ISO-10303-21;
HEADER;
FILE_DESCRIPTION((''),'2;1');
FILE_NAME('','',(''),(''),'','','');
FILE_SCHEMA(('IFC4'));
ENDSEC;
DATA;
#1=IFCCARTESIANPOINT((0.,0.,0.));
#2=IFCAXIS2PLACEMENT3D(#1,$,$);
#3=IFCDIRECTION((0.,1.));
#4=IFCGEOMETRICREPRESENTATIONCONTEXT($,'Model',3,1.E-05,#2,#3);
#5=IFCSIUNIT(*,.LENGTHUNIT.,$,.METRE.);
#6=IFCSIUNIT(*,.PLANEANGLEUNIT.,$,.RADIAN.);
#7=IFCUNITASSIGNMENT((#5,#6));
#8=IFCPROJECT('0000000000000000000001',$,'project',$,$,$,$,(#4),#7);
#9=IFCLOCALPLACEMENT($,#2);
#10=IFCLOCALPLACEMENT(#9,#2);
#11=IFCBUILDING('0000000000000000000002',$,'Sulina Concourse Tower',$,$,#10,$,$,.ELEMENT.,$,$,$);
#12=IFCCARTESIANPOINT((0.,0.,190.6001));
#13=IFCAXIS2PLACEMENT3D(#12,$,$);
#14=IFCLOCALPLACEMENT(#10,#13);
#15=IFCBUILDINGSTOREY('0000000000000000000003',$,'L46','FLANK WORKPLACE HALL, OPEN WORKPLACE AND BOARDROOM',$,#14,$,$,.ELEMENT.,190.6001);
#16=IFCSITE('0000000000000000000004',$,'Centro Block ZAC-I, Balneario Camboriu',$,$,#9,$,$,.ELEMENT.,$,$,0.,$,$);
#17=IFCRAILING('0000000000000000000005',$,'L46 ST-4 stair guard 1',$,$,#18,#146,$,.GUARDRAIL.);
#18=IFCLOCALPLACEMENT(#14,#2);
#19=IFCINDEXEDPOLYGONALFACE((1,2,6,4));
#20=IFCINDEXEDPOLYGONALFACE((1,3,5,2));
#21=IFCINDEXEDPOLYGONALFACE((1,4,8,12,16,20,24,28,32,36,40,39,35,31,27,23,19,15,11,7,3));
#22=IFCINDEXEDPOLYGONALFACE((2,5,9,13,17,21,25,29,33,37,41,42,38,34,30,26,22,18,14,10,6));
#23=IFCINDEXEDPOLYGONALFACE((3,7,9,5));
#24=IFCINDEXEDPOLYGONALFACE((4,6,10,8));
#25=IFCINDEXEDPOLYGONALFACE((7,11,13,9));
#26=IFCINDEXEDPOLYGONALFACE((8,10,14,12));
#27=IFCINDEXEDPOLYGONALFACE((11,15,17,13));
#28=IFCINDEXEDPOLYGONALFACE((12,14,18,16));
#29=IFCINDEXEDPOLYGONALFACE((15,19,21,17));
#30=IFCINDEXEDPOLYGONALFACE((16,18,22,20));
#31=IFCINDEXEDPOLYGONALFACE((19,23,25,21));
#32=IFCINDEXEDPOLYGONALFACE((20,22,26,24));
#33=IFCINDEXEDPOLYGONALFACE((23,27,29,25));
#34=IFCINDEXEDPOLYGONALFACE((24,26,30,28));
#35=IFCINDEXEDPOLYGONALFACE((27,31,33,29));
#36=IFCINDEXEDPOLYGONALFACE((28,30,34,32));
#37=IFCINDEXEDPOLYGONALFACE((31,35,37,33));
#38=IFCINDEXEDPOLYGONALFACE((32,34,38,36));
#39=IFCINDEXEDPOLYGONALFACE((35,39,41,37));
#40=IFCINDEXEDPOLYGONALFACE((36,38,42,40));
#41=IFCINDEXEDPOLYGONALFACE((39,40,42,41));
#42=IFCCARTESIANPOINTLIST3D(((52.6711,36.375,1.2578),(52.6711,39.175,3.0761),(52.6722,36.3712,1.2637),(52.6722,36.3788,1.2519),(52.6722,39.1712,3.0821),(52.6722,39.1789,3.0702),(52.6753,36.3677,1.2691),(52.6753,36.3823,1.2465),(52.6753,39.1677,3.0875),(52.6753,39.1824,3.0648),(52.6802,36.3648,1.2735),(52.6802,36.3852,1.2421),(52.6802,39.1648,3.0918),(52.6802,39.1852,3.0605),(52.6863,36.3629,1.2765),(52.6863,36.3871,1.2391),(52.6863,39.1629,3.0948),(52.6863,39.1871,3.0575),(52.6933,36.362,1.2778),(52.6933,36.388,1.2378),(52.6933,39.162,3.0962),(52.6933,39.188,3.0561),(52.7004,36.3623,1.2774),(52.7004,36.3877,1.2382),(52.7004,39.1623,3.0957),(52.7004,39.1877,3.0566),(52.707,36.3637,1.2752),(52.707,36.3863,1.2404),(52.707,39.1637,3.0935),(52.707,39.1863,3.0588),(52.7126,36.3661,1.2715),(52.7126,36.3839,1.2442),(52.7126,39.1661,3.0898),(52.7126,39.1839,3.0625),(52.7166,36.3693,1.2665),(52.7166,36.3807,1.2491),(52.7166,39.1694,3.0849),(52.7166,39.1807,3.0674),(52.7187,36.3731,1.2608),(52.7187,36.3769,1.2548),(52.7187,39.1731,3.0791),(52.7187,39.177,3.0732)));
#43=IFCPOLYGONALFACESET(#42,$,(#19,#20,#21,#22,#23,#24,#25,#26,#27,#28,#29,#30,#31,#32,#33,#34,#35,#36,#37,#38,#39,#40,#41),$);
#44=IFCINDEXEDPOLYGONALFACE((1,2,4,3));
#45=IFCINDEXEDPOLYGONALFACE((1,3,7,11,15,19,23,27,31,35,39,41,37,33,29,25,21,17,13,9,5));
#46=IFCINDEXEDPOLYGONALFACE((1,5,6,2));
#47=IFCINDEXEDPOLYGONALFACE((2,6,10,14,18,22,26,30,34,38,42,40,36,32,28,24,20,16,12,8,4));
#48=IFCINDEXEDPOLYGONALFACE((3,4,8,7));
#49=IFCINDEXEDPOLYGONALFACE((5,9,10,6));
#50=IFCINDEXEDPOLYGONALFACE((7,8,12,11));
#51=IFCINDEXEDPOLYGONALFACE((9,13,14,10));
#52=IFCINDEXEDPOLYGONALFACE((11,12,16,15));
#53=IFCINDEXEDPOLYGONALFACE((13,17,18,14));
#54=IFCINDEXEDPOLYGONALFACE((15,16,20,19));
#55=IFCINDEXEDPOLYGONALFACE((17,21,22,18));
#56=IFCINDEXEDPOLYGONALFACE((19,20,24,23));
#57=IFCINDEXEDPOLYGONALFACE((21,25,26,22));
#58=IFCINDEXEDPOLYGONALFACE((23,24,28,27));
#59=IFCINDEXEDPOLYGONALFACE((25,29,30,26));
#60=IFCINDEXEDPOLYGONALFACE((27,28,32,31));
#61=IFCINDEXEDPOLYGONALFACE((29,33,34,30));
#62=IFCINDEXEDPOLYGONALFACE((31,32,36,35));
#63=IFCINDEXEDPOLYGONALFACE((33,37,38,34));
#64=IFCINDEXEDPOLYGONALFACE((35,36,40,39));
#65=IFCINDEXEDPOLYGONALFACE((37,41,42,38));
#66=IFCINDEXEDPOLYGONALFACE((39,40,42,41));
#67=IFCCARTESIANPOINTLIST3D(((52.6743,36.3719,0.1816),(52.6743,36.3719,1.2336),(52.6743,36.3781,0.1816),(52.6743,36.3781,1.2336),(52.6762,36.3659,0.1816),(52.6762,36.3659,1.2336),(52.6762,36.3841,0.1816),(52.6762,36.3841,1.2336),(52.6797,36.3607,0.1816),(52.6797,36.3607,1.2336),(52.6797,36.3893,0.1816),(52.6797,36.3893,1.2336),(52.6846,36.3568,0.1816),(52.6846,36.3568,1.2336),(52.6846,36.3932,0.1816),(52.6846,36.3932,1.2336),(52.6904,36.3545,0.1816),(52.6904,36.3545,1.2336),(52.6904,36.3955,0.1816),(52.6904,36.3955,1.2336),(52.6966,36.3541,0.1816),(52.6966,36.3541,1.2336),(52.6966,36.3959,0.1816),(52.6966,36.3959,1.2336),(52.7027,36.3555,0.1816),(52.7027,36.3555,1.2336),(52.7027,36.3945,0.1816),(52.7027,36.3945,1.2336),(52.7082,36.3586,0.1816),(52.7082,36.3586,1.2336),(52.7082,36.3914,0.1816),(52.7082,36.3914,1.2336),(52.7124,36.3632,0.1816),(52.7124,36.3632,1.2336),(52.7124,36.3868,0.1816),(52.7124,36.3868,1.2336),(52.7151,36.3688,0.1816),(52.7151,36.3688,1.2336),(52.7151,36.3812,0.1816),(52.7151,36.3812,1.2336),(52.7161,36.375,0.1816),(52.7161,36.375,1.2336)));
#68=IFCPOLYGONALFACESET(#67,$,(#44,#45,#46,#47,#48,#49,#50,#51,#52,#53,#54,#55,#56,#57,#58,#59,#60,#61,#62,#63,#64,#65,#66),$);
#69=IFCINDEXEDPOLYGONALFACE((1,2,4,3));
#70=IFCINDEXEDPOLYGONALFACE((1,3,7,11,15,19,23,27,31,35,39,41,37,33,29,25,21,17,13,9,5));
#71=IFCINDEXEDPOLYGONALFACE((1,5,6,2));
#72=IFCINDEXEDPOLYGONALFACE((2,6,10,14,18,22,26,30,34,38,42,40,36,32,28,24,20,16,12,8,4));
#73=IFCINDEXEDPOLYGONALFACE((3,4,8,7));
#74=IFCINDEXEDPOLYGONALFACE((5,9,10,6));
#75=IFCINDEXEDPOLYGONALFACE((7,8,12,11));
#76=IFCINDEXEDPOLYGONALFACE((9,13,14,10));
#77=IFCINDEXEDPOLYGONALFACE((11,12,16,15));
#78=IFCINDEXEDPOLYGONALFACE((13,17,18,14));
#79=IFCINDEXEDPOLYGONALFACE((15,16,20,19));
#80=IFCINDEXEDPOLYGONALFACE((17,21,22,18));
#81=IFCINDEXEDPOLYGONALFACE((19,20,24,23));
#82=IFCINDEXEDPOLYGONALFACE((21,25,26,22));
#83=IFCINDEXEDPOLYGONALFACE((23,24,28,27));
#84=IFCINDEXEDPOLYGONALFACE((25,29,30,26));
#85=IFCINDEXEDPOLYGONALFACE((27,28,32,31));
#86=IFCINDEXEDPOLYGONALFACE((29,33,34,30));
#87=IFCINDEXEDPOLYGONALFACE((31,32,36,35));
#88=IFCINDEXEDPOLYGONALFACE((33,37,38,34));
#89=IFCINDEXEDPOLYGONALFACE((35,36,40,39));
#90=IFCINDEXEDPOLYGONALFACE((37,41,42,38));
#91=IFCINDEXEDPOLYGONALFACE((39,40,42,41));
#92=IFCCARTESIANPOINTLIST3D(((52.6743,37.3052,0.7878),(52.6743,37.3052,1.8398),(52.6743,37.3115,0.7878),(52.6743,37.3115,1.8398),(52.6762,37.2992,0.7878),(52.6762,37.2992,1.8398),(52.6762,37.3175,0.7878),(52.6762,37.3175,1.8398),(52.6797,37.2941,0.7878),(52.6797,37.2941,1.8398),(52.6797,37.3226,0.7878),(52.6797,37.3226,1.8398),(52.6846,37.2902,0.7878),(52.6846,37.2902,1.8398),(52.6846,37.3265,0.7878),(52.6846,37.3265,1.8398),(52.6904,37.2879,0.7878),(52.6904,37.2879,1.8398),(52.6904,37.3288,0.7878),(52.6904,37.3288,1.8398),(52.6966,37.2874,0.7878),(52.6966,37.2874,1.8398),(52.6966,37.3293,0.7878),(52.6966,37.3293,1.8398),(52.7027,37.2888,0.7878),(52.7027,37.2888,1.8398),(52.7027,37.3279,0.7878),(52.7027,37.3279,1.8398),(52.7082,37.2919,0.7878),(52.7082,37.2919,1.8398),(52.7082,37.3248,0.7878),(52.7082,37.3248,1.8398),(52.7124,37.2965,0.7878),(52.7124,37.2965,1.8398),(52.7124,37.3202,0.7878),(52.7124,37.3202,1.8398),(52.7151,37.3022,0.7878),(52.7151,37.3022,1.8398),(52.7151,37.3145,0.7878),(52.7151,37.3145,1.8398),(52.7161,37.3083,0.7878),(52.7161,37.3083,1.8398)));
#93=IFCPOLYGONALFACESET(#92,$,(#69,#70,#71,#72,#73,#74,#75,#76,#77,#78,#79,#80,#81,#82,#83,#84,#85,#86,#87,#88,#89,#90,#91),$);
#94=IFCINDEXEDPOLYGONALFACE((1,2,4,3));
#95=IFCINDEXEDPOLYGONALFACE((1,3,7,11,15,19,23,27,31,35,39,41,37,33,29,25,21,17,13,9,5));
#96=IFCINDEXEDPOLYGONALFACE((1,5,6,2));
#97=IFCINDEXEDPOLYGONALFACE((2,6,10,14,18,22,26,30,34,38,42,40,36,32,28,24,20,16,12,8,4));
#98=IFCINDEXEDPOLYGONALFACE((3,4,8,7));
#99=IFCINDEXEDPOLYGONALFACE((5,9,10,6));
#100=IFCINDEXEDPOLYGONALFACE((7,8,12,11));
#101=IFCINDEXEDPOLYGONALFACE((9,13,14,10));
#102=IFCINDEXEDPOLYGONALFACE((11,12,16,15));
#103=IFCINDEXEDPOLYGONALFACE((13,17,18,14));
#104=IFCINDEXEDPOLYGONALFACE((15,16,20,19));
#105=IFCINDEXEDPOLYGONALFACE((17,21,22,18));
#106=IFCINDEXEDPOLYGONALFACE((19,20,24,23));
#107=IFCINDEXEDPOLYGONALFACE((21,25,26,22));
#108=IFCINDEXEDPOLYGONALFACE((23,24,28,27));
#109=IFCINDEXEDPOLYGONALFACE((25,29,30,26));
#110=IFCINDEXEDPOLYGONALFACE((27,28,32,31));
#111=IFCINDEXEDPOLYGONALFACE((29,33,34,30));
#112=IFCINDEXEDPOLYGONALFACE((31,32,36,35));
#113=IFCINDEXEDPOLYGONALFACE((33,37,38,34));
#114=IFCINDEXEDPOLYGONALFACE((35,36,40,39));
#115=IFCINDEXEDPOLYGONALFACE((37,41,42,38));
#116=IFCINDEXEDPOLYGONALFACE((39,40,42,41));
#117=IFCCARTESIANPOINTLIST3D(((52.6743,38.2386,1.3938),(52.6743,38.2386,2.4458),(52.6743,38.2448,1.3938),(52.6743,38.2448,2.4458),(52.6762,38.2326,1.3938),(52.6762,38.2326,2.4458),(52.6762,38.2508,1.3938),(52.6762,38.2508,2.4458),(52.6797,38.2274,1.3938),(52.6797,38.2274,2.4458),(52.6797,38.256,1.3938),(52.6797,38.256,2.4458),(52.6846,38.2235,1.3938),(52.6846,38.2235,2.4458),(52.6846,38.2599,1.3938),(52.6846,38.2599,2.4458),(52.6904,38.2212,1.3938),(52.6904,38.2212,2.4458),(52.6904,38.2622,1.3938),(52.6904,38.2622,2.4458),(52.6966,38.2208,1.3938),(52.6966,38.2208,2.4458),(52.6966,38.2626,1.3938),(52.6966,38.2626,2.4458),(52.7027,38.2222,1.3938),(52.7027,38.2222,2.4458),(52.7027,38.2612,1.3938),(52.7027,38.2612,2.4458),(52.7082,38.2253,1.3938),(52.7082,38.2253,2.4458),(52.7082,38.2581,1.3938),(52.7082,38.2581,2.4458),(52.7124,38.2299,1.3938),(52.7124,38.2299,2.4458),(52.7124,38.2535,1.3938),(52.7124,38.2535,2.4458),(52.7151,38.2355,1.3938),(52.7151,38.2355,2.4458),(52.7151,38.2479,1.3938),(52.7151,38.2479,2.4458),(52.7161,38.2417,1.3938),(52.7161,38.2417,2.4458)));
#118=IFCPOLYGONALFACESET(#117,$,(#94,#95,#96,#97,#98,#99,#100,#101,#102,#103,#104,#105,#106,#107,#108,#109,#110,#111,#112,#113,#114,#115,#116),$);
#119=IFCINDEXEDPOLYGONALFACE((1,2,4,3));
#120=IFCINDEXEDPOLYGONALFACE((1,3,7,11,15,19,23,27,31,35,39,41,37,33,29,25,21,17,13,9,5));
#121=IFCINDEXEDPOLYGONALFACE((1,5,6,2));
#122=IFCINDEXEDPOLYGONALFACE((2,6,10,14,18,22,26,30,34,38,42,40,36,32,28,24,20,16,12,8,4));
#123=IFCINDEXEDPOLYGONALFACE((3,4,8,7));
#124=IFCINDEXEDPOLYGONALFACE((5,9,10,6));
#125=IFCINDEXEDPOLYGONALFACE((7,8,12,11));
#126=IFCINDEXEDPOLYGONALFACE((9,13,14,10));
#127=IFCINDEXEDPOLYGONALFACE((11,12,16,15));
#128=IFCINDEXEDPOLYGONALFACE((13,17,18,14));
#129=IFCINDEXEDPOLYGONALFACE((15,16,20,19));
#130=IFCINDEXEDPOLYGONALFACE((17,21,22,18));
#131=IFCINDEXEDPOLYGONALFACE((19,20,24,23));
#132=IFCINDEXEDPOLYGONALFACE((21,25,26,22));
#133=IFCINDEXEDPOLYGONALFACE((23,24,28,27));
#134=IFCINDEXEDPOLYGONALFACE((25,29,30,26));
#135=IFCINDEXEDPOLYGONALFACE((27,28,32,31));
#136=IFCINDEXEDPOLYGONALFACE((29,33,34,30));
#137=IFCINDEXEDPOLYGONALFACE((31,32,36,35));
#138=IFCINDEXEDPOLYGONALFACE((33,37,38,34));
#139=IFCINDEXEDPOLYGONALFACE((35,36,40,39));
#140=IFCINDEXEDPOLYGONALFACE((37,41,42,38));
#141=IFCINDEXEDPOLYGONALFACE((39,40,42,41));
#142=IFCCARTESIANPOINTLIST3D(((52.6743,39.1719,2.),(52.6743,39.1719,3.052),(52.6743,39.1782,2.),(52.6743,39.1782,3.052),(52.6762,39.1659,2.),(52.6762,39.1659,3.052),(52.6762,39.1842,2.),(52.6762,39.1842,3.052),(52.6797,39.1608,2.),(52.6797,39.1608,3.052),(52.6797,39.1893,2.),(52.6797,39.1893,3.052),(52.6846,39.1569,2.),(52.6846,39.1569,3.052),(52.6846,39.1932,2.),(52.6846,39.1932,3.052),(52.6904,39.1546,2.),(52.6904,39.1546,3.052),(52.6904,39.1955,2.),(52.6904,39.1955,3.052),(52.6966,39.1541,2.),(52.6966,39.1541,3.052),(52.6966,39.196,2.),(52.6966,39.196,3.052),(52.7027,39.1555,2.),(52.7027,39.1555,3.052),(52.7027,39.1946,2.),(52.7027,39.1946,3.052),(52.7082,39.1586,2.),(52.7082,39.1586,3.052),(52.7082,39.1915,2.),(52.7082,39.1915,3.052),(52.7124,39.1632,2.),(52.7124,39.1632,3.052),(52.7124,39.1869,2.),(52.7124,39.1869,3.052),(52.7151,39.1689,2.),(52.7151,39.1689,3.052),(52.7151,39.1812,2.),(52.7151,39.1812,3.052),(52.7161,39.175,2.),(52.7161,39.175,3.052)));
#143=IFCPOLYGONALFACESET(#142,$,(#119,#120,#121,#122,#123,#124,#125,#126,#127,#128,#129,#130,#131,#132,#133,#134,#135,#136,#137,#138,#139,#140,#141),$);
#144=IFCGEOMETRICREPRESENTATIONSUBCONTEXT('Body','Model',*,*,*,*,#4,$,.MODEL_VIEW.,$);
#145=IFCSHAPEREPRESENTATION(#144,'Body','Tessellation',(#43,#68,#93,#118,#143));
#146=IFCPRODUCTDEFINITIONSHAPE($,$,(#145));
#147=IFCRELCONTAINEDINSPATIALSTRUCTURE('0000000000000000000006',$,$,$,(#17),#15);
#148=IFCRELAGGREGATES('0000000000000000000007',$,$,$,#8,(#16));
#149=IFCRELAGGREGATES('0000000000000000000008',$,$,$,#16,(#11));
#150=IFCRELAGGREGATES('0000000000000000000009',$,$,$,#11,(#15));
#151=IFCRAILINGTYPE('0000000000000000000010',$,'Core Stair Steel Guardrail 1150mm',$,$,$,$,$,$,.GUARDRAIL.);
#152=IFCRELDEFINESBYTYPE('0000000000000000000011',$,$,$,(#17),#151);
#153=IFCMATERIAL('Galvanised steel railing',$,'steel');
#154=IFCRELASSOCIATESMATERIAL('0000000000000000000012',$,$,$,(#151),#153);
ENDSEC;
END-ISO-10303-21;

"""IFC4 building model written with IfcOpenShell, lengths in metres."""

from ifc_helpers import new_model, si_unit, direction, frame, origin, origin_2d, place, context, subcontext, project, spatial, circle, extrude, material, type_object, element, save


model = new_model("IFC4")

# Units and contexts
model_context = context("Model", 3, precision=1e-05, world=origin(), true_north=direction((0.0, 1.0)))
body_context = subcontext(model_context, "Body", "Model", "MODEL_VIEW")
ifc_project = project(units=[si_unit("LENGTHUNIT", "METRE"), si_unit("PLANEANGLEUNIT", "RADIAN")], contexts=[model_context])

# Site, building, storey
site_placement = place(None, origin())
site = spatial("IfcSite", under=ifc_project, at=site_placement, Name="Centro Block ZAC-I, Balneario Camboriu", CompositionType="ELEMENT", RefElevation=0.0)
building_placement = place(site_placement, origin())
building = spatial("IfcBuilding", under=site, at=building_placement, Name="Sulina Concourse Tower", CompositionType="ELEMENT")
storey_placement = place(building_placement, frame((0.0, 0.0, 190.6001)))
storey = spatial("IfcBuildingStorey", under=building, at=storey_placement, Name="L46", Description="FLANK WORKPLACE HALL, OPEN WORKPLACE AND BOARDROOM", CompositionType="ELEMENT", Elevation=190.6001)

# Railing
ifc_material_1 = material(Name="Galvanised steel railing", Category="steel")
railing_type_1 = type_object("IfcRailingType", Name="Core Stair Steel Guardrail 1150mm", PredefinedType="GUARDRAIL", material=ifc_material_1)
railing_1_placement = place(storey_placement, frame((52.6951, 36.375, 0.1816)))
element("IfcRailing", 1, at=railing_1_placement, inside=storey, type_object=railing_type_1, Name="L46 ST-4 stair guard 1", PredefinedType="GUARDRAIL", context=body_context, shape_type="SweptSolid", body=[
    extrude(circle(Radius=0.0239, at=origin_2d()), frame((0.0, 0.0, 1.0762), z_axis=(0.0, 0.838672, 0.544636), x_axis=(-1.0, 0.0, 0.0)), (0.0, 0.0, 1.0), 3.3386),
    extrude(circle(Radius=0.021, at=origin_2d()), origin(), (0.0, 0.0, 1.0), 1.052),
    extrude(circle(Radius=0.021, at=origin_2d()), frame((0.0, 0.9333, 0.6062)), (0.0, 0.0, 1.0), 1.052),
    extrude(circle(Radius=0.021, at=origin_2d()), frame((0.0, 1.8667, 1.2122)), (0.0, 0.0, 1.0), 1.052),
    extrude(circle(Radius=0.021, at=origin_2d()), frame((0.0, 2.8, 1.8184)), (0.0, 0.0, 1.0), 1.052),
])

save(model, "model.ifc")
